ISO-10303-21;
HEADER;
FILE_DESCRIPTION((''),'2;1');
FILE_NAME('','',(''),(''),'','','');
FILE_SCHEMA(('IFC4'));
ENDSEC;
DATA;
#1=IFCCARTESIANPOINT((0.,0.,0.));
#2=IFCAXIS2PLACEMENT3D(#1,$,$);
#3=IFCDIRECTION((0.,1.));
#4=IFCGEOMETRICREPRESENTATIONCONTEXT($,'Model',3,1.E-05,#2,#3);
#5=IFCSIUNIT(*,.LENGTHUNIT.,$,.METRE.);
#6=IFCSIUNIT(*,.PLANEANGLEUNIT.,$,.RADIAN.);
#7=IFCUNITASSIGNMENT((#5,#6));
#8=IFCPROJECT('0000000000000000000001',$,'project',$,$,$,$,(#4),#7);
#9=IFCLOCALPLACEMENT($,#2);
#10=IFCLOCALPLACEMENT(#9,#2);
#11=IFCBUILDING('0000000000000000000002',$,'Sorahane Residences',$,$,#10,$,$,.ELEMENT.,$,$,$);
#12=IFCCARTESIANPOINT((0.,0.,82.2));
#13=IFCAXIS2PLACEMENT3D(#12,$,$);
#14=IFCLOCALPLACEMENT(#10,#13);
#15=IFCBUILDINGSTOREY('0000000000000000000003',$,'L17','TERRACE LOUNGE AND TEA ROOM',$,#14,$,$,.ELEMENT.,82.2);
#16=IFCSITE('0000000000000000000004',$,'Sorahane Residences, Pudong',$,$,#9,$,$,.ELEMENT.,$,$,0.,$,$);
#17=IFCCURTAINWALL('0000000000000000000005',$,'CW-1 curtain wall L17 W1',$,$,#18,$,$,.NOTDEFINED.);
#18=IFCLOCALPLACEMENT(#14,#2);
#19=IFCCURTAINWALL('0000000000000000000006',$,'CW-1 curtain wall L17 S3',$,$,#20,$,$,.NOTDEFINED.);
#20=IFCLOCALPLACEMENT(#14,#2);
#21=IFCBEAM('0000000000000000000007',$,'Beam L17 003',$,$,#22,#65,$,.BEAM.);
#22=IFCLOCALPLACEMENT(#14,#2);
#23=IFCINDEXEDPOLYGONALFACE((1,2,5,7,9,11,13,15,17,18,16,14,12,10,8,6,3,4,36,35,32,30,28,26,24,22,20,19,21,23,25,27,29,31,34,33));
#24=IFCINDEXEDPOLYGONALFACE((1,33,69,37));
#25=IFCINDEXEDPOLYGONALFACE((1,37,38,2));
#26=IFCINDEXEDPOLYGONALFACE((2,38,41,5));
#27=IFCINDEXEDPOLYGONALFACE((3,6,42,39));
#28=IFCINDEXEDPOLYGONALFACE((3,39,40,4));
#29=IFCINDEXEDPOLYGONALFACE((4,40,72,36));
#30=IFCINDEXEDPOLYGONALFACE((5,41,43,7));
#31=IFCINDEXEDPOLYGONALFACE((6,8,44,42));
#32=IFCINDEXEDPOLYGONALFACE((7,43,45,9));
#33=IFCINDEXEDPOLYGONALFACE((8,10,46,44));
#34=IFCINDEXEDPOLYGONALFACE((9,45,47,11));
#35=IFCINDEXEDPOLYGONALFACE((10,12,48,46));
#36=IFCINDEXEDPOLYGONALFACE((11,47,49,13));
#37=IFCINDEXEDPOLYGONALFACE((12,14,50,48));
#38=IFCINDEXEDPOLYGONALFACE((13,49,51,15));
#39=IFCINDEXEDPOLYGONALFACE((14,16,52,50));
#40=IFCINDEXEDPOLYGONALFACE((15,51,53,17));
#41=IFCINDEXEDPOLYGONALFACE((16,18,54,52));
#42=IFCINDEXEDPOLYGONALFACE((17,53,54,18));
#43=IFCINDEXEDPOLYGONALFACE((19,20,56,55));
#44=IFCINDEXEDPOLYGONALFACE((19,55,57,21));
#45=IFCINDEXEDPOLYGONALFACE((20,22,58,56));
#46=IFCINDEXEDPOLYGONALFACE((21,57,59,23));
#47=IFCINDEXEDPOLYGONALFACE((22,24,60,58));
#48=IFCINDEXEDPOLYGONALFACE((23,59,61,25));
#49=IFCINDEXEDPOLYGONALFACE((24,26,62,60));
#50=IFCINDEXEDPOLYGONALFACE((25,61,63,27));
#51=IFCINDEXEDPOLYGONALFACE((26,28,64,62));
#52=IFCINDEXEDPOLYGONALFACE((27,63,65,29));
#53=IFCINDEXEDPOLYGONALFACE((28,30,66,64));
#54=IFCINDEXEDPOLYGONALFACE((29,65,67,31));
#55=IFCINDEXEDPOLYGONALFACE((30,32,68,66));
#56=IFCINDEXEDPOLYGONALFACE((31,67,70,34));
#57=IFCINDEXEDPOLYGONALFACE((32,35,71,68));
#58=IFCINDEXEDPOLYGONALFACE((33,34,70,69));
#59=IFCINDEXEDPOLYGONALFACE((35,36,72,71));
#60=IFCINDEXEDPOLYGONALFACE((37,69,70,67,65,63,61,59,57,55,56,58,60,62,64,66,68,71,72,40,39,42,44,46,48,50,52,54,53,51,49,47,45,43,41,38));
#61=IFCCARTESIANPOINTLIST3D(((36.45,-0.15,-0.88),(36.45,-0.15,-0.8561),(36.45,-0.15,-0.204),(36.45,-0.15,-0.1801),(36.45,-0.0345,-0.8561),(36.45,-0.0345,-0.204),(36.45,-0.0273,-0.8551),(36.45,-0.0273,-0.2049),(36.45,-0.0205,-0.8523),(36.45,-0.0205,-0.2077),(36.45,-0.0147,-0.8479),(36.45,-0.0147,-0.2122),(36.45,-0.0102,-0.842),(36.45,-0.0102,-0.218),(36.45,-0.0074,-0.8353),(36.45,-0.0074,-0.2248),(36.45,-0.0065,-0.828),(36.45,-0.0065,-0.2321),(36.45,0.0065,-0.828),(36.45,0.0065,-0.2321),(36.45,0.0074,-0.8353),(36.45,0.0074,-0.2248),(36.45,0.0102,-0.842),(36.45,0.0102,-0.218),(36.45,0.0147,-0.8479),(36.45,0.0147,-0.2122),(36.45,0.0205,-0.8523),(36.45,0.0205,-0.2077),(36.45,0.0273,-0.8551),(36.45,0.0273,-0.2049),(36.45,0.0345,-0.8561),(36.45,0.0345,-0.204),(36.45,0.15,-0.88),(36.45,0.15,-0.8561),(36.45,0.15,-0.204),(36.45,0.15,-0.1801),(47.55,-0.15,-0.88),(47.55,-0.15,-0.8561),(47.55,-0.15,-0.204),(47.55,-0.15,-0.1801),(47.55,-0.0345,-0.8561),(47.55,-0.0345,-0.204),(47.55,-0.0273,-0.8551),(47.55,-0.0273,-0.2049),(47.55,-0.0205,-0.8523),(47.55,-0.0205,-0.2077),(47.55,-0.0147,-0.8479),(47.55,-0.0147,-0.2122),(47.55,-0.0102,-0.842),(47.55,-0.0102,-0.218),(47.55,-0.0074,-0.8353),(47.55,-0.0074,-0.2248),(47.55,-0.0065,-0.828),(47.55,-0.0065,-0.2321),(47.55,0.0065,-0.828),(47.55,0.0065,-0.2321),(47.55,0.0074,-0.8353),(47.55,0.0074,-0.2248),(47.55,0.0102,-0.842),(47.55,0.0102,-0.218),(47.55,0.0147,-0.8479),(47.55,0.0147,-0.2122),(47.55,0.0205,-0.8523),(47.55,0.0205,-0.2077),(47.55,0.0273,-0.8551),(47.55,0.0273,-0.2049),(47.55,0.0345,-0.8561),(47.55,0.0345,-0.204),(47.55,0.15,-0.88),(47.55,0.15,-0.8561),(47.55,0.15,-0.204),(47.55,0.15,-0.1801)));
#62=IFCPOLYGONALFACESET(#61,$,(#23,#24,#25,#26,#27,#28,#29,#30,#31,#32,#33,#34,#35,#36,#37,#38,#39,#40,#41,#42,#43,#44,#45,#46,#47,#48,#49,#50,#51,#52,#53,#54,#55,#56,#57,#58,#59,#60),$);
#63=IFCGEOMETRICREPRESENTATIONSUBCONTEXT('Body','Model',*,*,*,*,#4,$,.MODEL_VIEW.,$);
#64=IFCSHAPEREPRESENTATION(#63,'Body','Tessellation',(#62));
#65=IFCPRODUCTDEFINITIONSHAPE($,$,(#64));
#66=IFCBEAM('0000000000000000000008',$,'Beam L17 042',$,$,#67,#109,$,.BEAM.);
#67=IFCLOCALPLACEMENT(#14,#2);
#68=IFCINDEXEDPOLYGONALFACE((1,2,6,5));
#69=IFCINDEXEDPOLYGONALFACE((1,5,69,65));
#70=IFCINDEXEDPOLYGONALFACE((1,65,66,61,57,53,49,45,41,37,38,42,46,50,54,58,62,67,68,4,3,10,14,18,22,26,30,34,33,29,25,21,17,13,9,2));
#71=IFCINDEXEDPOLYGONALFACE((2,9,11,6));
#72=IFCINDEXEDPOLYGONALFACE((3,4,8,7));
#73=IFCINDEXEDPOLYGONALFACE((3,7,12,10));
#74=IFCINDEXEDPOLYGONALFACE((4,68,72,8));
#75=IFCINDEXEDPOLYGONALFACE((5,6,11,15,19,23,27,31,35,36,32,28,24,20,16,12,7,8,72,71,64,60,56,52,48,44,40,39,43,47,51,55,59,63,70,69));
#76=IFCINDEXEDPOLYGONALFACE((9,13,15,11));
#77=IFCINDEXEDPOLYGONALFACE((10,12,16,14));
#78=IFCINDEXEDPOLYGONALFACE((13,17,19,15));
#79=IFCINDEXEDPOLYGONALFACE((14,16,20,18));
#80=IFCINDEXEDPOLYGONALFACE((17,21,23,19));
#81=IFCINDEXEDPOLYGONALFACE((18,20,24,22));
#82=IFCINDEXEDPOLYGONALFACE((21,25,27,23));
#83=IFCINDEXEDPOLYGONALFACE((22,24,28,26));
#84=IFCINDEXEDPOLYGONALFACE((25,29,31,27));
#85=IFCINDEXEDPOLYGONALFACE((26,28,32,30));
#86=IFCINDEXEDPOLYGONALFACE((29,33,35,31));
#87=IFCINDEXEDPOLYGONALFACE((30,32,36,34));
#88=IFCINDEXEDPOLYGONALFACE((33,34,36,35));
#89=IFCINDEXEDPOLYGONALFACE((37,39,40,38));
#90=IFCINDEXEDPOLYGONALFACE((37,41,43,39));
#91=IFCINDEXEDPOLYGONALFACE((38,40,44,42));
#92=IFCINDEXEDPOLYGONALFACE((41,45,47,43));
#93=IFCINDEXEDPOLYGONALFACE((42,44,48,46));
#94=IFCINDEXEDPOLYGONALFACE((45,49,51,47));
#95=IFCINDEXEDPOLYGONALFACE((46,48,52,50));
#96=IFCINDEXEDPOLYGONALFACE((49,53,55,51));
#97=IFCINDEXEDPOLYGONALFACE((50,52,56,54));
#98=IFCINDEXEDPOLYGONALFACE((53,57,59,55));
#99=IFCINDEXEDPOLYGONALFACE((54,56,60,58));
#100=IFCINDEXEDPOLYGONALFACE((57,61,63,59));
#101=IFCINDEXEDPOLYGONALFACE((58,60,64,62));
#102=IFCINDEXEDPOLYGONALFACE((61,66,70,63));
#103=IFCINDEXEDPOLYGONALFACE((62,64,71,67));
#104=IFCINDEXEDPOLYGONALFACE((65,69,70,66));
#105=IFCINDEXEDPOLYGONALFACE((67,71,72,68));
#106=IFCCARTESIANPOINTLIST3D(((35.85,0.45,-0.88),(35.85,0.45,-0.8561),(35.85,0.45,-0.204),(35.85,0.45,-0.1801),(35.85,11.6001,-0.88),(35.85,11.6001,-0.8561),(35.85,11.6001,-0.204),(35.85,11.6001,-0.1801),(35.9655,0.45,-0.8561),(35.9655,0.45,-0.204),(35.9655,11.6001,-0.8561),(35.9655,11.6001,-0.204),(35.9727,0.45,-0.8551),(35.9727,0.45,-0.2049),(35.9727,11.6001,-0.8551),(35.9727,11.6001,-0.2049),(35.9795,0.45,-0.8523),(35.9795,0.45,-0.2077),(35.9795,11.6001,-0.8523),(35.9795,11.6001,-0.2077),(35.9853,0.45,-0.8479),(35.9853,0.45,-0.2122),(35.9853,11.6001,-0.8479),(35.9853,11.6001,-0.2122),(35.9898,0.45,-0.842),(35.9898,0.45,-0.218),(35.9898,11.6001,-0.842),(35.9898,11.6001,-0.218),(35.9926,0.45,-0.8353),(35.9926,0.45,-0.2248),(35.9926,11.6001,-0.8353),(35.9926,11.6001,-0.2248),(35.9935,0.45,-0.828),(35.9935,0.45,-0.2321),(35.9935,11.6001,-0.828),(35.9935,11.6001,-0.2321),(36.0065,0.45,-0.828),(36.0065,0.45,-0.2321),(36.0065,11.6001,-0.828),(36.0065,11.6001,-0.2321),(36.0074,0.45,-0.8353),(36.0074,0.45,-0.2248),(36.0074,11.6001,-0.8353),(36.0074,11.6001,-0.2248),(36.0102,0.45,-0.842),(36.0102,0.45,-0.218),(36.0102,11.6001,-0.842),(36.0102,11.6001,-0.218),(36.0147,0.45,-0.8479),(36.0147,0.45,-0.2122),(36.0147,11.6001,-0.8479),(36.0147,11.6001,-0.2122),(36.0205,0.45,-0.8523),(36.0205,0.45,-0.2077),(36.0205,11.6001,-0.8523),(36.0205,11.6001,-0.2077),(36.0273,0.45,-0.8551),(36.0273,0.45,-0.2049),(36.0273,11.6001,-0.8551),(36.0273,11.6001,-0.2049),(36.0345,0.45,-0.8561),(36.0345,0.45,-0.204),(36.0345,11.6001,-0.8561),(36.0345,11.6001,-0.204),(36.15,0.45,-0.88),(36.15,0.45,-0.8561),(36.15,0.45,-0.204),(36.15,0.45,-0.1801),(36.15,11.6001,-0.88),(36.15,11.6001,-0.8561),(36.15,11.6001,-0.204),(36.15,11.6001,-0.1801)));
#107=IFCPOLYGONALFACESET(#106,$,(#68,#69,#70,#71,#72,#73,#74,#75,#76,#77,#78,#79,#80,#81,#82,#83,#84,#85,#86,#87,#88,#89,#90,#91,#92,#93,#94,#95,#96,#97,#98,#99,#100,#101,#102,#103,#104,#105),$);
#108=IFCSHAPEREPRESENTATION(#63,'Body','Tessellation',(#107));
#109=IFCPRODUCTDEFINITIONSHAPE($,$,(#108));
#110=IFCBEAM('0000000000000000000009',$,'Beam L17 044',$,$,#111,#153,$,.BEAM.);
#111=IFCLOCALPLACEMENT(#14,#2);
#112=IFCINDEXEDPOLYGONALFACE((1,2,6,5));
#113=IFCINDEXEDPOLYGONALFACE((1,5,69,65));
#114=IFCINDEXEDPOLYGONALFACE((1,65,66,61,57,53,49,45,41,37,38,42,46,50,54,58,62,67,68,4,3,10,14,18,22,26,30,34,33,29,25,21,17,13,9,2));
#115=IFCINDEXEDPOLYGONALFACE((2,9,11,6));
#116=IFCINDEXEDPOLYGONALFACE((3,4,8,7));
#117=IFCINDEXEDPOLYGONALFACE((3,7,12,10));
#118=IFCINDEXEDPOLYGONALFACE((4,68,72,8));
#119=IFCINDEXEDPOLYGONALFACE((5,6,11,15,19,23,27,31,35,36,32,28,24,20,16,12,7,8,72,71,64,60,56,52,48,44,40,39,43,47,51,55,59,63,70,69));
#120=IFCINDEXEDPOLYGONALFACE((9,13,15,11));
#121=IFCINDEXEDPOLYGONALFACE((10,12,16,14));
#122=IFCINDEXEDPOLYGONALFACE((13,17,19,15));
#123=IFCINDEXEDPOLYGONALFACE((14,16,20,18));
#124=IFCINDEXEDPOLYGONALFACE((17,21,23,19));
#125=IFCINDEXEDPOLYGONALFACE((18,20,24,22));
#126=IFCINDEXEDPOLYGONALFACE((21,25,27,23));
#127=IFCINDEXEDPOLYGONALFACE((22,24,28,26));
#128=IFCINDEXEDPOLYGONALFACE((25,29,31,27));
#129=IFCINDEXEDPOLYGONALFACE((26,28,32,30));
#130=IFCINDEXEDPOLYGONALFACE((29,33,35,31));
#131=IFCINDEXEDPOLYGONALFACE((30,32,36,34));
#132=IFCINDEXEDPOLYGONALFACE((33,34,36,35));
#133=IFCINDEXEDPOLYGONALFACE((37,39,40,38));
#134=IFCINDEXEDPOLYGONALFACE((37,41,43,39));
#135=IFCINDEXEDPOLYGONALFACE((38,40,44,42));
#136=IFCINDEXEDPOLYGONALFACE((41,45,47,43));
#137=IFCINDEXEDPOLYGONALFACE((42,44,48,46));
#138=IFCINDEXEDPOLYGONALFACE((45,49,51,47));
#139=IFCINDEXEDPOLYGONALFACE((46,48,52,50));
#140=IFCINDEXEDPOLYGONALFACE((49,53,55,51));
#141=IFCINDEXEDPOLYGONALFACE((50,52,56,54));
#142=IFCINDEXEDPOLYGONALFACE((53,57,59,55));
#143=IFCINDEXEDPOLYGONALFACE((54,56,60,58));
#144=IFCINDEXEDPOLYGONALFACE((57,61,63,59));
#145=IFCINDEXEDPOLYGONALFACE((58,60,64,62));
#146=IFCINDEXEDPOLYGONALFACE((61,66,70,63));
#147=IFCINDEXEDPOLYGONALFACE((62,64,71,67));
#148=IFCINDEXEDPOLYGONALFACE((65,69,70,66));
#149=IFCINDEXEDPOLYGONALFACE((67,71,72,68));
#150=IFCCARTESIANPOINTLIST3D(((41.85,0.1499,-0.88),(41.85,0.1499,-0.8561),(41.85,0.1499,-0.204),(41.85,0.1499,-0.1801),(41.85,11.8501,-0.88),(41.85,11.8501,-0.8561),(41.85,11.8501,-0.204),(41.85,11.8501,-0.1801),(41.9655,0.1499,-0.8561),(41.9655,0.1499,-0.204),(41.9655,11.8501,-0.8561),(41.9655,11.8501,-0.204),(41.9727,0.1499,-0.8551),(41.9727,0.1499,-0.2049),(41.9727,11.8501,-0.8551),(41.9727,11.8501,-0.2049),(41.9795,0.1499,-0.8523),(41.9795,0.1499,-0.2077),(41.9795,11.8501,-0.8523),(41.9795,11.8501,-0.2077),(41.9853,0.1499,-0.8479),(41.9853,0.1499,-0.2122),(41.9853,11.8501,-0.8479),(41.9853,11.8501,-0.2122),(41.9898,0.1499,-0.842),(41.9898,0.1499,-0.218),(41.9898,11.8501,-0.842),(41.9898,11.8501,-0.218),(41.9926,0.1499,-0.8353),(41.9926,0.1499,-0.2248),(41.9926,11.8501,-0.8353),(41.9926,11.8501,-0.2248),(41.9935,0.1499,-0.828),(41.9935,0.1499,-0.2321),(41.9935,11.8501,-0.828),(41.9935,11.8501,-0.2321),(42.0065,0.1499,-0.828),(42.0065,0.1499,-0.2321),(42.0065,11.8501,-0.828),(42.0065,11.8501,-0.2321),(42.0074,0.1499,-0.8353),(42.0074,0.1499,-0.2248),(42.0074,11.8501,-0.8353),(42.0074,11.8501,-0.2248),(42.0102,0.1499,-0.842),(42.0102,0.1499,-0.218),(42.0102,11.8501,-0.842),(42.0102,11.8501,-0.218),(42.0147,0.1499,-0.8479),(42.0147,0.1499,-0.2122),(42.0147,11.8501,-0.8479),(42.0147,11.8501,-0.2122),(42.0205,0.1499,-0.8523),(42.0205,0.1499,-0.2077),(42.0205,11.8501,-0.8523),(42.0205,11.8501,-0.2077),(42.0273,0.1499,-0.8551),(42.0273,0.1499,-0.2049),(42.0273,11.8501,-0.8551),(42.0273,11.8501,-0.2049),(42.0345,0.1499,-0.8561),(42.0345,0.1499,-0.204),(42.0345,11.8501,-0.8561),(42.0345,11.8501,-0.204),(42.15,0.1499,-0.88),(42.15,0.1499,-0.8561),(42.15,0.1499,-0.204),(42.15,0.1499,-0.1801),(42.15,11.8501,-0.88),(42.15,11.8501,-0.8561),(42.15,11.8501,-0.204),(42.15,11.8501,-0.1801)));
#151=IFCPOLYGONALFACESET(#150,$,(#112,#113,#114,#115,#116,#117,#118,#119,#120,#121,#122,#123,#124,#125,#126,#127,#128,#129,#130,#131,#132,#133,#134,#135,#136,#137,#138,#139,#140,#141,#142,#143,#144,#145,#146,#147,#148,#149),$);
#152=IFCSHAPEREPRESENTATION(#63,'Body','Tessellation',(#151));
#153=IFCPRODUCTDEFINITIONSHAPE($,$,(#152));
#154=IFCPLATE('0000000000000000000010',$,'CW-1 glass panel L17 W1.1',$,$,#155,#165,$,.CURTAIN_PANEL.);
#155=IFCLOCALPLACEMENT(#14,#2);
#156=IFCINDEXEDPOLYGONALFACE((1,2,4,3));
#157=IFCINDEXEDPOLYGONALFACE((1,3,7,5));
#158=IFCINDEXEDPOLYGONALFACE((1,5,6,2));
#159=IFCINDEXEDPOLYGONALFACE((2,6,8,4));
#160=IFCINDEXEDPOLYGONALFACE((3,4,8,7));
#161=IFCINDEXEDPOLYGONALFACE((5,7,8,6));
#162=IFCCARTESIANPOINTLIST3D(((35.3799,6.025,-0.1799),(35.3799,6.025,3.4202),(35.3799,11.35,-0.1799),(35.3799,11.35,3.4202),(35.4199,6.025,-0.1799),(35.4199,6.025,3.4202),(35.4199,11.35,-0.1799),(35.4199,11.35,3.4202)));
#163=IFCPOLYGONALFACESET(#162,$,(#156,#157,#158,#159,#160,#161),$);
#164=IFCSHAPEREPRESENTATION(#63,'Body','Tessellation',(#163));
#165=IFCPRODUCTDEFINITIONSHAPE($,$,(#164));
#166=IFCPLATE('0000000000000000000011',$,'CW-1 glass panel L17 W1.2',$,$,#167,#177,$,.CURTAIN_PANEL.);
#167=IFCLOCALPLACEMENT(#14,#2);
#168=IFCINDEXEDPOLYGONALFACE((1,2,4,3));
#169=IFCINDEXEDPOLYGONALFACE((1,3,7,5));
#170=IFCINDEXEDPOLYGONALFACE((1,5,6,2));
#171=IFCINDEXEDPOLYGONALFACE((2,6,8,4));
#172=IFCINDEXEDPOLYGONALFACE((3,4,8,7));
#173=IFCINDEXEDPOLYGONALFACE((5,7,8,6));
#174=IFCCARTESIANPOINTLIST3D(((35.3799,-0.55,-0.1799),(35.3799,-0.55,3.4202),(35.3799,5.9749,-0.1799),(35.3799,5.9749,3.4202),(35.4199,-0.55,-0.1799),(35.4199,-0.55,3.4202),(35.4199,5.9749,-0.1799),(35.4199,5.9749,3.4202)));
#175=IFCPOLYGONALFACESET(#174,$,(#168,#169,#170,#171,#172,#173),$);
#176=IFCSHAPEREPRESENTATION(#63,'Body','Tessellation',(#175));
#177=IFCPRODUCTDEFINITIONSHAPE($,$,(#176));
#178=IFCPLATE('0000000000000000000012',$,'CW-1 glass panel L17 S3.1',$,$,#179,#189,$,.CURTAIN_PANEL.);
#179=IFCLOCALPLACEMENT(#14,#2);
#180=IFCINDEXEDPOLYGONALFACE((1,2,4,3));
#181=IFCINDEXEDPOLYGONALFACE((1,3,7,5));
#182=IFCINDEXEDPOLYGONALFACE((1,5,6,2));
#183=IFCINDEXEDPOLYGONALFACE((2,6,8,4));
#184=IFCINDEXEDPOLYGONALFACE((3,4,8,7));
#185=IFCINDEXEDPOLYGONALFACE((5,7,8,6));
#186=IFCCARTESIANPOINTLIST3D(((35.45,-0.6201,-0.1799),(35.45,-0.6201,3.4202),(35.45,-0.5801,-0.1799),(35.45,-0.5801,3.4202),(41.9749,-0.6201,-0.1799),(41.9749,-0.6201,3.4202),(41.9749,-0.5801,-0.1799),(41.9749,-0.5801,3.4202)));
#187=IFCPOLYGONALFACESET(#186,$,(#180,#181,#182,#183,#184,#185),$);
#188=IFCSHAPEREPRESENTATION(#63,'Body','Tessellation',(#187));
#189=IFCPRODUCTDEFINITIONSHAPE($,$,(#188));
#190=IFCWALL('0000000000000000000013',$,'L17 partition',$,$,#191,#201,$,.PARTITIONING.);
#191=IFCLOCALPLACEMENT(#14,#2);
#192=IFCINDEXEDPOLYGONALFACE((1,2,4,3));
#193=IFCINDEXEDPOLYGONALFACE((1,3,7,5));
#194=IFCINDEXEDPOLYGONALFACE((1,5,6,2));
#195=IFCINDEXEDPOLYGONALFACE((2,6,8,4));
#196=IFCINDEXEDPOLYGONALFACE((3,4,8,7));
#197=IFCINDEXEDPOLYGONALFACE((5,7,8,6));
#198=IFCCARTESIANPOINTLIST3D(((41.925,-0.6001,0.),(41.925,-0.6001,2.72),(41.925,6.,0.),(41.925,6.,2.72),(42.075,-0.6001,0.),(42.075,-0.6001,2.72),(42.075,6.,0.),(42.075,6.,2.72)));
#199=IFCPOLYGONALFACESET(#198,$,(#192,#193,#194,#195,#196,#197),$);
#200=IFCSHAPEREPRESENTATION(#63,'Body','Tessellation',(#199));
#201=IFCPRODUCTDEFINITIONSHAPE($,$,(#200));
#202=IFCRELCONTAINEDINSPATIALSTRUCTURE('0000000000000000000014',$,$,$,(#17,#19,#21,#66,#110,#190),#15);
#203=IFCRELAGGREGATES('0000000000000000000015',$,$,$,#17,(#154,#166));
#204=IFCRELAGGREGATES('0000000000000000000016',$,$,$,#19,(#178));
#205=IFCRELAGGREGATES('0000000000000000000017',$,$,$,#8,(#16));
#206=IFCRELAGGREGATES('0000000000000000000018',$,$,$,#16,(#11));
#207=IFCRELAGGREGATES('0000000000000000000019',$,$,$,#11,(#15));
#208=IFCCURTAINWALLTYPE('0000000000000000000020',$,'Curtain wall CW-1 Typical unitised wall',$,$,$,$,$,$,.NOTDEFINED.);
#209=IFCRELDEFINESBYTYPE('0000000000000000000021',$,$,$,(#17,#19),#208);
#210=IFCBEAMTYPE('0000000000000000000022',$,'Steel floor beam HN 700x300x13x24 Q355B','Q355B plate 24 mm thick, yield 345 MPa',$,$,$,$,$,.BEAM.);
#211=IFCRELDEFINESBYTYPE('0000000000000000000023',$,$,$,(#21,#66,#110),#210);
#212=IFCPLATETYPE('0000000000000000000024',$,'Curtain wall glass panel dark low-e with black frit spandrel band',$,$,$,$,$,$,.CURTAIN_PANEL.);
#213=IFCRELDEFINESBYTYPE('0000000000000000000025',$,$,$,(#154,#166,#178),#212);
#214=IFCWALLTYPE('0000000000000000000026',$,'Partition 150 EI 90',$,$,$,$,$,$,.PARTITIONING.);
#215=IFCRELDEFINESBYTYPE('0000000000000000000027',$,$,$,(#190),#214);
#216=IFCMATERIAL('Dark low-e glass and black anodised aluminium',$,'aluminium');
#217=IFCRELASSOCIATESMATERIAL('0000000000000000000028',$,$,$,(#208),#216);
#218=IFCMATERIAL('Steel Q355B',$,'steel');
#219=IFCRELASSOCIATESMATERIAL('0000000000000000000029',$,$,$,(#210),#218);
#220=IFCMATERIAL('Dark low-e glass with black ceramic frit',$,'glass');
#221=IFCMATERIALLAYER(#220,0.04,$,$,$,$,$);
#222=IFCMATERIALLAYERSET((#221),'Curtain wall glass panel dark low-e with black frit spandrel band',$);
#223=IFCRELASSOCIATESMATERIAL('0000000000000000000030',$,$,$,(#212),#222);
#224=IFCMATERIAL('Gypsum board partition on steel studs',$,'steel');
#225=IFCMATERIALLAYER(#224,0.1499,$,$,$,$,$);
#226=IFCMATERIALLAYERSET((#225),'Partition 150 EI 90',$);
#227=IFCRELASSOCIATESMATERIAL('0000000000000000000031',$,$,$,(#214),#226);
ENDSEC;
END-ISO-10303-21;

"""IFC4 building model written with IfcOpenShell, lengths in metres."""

from ifc_helpers import new_model, si_unit, direction, frame, frame_2d, origin, origin_2d, place, context, subcontext, project, spatial, rectangle, i_section, extrude, material, layer, layer_set, material_profile, profile_set, type_object, element, aggregate, save


model = new_model("IFC4")

# Units and contexts
model_context = context("Model", 3, precision=1e-05, world=origin(), true_north=direction((0.0, 1.0)))
body_context = subcontext(model_context, "Body", "Model", "MODEL_VIEW")
ifc_project = project(units=[si_unit("LENGTHUNIT", "METRE"), si_unit("PLANEANGLEUNIT", "RADIAN")], contexts=[model_context])

# Site, building, storey
site_placement = place(None, origin())
site = spatial("IfcSite", under=ifc_project, at=site_placement, Name="Sorahane Residences, Pudong", CompositionType="ELEMENT", RefElevation=0.0)
building_placement = place(site_placement, origin())
building = spatial("IfcBuilding", under=site, at=building_placement, Name="Sorahane Residences", CompositionType="ELEMENT")
storey_placement = place(building_placement, frame((0.0, 0.0, 82.2)))
storey = spatial("IfcBuildingStorey", under=building, at=storey_placement, Name="L17", Description="TERRACE LOUNGE AND TEA ROOM", CompositionType="ELEMENT", Elevation=82.2)

# Curtain walls
ifc_material_1 = material(Name="Dark low-e glass and black anodised aluminium", Category="aluminium")
curtain_wall_type = type_object("IfcCurtainWallType", Name="Curtain wall CW-1 Typical unitised wall", PredefinedType="NOTDEFINED", material=ifc_material_1)
curtain_wall_1_placement = place(storey_placement, origin())
curtain_wall_1 = element("IfcCurtainWall", 1, at=curtain_wall_1_placement, inside=storey, type_object=curtain_wall_type, Name="CW-1 curtain wall L17 W1", PredefinedType="NOTDEFINED")
curtain_wall_2_placement = place(storey_placement, origin())
curtain_wall_2 = element("IfcCurtainWall", 2, at=curtain_wall_2_placement, inside=storey, type_object=curtain_wall_type, Name="CW-1 curtain wall L17 S3", PredefinedType="NOTDEFINED")

# Beams
ifc_material_2 = material(Name="Steel Q355B", Category="steel")
ifc_material_profile_1 = material_profile(ifc_material_2, i_section(OverallWidth=0.3, OverallDepth=0.7, WebThickness=0.0129, FlangeThickness=0.0239, FilletRadius=0.0281, at=origin_2d()), Name="HN 700x300x13x24")
ifc_profile_set_1 = profile_set([ifc_material_profile_1], Name="Steel Q355B")
beam_type_1 = type_object("IfcBeamType", Name="Steel floor beam HN 700x300x13x24 Q355B", Description="Q355B plate 24 mm thick, yield 345 MPa", PredefinedType="BEAM", material=ifc_profile_set_1)
beam_1_placement = place(storey_placement, frame((36.45, 0.0, -0.53), z_axis=(1.0, 0.0, 0.0), x_axis=(0.0, 1.0, 0.0)))
element("IfcBeam", 3, at=beam_1_placement, inside=storey, type_object=beam_type_1, Name="Beam L17 003", PredefinedType="BEAM", context=body_context, shape_type="SweptSolid", body=[
    extrude(i_section(OverallWidth=0.3, OverallDepth=0.7, WebThickness=0.0129, FlangeThickness=0.0239, FilletRadius=0.0281, at=origin_2d()), origin(), (0.0, 0.0, 1.0), 11.1001),
])
beam_2_placement = place(storey_placement, frame((36.0, 0.45, -0.53), z_axis=(0.0, 1.0, 0.0), x_axis=(-1.0, 0.0, 0.0)))
element("IfcBeam", 4, at=beam_2_placement, inside=storey, type_object=beam_type_1, Name="Beam L17 042", PredefinedType="BEAM", context=body_context, shape_type="SweptSolid", body=[
    extrude(i_section(OverallWidth=0.3, OverallDepth=0.7, WebThickness=0.0129, FlangeThickness=0.0239, FilletRadius=0.0281, at=origin_2d()), origin(), (0.0, 0.0, 1.0), 11.1501),
])
beam_3_placement = place(storey_placement, frame((42.0, 0.1499, -0.53), z_axis=(0.0, 1.0, 0.0), x_axis=(-1.0, 0.0, 0.0)))
element("IfcBeam", 5, at=beam_3_placement, inside=storey, type_object=beam_type_1, Name="Beam L17 044", PredefinedType="BEAM", context=body_context, shape_type="SweptSolid", body=[
    extrude(i_section(OverallWidth=0.3, OverallDepth=0.7, WebThickness=0.0129, FlangeThickness=0.0239, FilletRadius=0.0281, at=origin_2d()), origin(), (0.0, 0.0, 1.0), 11.7002),
])

# Plates
ifc_material_3 = material(Name="Dark low-e glass with black ceramic frit", Category="glass")
ifc_layer_1 = layer(ifc_material_3, 0.04)
ifc_layer_set_1 = layer_set([ifc_layer_1], Name="Curtain wall glass panel dark low-e with black frit spandrel band")
plate_type = type_object("IfcPlateType", Name="Curtain wall glass panel dark low-e with black frit spandrel band", PredefinedType="CURTAIN_PANEL", material=ifc_layer_set_1)
plate_1_placement = place(storey_placement, frame((35.3999, 8.6875, -0.1799), z_axis=(0.0, 0.0, 1.0), x_axis=(0.0, -1.0, 0.0)))
plate_1 = element("IfcPlate", 6, at=plate_1_placement, type_object=plate_type, Name="CW-1 glass panel L17 W1.1", PredefinedType="CURTAIN_PANEL", context=body_context, shape_type="SweptSolid", body=[
    extrude(rectangle(XDim=5.325, YDim=0.04, at=origin_2d()), origin(), (0.0, 0.0, 1.0), 3.6001),
])
plate_2_placement = place(storey_placement, frame((35.3999, 2.7124, -0.1799), z_axis=(0.0, 0.0, 1.0), x_axis=(0.0, -1.0, 0.0)))
plate_2 = element("IfcPlate", 7, at=plate_2_placement, type_object=plate_type, Name="CW-1 glass panel L17 W1.2", PredefinedType="CURTAIN_PANEL", context=body_context, shape_type="SweptSolid", body=[
    extrude(rectangle(XDim=6.5249, YDim=0.04, at=origin_2d()), origin(), (0.0, 0.0, 1.0), 3.6001),
])
aggregate(curtain_wall_1, [plate_1, plate_2])
plate_3_placement = place(storey_placement, frame((38.7124, -0.6001, -0.1799), z_axis=(0.0, 0.0, 1.0), x_axis=(1.0, 0.0, 0.0)))
plate_3 = element("IfcPlate", 8, at=plate_3_placement, type_object=plate_type, Name="CW-1 glass panel L17 S3.1", PredefinedType="CURTAIN_PANEL", context=body_context, shape_type="SweptSolid", body=[
    extrude(rectangle(XDim=6.5249, YDim=0.04, at=origin_2d()), origin(), (0.0, 0.0, 1.0), 3.6001),
])
aggregate(curtain_wall_2, [plate_3])

# Wall
ifc_material_4 = material(Name="Gypsum board partition on steel studs", Category="steel")
ifc_layer_2 = layer(ifc_material_4, 0.1499)
ifc_layer_set_2 = layer_set([ifc_layer_2], Name="Partition 150 EI 90")
wall_type_1 = type_object("IfcWallType", Name="Partition 150 EI 90", PredefinedType="PARTITIONING", material=ifc_layer_set_2)
wall_1_placement = place(storey_placement, frame((42.0, -0.6001, 0.0), z_axis=(0.0, 0.0, 1.0), x_axis=(0.0, 1.0, 0.0)))
element("IfcWall", 9, at=wall_1_placement, inside=storey, type_object=wall_type_1, Name="L17 partition", PredefinedType="PARTITIONING", context=body_context, shape_type="SweptSolid", body=[
    extrude(rectangle(XDim=6.6001, YDim=0.1499, at=frame_2d((3.3, 0.0))), origin(), (0.0, 0.0, 1.0), 2.72),
])

save(model, "model.ifc")
